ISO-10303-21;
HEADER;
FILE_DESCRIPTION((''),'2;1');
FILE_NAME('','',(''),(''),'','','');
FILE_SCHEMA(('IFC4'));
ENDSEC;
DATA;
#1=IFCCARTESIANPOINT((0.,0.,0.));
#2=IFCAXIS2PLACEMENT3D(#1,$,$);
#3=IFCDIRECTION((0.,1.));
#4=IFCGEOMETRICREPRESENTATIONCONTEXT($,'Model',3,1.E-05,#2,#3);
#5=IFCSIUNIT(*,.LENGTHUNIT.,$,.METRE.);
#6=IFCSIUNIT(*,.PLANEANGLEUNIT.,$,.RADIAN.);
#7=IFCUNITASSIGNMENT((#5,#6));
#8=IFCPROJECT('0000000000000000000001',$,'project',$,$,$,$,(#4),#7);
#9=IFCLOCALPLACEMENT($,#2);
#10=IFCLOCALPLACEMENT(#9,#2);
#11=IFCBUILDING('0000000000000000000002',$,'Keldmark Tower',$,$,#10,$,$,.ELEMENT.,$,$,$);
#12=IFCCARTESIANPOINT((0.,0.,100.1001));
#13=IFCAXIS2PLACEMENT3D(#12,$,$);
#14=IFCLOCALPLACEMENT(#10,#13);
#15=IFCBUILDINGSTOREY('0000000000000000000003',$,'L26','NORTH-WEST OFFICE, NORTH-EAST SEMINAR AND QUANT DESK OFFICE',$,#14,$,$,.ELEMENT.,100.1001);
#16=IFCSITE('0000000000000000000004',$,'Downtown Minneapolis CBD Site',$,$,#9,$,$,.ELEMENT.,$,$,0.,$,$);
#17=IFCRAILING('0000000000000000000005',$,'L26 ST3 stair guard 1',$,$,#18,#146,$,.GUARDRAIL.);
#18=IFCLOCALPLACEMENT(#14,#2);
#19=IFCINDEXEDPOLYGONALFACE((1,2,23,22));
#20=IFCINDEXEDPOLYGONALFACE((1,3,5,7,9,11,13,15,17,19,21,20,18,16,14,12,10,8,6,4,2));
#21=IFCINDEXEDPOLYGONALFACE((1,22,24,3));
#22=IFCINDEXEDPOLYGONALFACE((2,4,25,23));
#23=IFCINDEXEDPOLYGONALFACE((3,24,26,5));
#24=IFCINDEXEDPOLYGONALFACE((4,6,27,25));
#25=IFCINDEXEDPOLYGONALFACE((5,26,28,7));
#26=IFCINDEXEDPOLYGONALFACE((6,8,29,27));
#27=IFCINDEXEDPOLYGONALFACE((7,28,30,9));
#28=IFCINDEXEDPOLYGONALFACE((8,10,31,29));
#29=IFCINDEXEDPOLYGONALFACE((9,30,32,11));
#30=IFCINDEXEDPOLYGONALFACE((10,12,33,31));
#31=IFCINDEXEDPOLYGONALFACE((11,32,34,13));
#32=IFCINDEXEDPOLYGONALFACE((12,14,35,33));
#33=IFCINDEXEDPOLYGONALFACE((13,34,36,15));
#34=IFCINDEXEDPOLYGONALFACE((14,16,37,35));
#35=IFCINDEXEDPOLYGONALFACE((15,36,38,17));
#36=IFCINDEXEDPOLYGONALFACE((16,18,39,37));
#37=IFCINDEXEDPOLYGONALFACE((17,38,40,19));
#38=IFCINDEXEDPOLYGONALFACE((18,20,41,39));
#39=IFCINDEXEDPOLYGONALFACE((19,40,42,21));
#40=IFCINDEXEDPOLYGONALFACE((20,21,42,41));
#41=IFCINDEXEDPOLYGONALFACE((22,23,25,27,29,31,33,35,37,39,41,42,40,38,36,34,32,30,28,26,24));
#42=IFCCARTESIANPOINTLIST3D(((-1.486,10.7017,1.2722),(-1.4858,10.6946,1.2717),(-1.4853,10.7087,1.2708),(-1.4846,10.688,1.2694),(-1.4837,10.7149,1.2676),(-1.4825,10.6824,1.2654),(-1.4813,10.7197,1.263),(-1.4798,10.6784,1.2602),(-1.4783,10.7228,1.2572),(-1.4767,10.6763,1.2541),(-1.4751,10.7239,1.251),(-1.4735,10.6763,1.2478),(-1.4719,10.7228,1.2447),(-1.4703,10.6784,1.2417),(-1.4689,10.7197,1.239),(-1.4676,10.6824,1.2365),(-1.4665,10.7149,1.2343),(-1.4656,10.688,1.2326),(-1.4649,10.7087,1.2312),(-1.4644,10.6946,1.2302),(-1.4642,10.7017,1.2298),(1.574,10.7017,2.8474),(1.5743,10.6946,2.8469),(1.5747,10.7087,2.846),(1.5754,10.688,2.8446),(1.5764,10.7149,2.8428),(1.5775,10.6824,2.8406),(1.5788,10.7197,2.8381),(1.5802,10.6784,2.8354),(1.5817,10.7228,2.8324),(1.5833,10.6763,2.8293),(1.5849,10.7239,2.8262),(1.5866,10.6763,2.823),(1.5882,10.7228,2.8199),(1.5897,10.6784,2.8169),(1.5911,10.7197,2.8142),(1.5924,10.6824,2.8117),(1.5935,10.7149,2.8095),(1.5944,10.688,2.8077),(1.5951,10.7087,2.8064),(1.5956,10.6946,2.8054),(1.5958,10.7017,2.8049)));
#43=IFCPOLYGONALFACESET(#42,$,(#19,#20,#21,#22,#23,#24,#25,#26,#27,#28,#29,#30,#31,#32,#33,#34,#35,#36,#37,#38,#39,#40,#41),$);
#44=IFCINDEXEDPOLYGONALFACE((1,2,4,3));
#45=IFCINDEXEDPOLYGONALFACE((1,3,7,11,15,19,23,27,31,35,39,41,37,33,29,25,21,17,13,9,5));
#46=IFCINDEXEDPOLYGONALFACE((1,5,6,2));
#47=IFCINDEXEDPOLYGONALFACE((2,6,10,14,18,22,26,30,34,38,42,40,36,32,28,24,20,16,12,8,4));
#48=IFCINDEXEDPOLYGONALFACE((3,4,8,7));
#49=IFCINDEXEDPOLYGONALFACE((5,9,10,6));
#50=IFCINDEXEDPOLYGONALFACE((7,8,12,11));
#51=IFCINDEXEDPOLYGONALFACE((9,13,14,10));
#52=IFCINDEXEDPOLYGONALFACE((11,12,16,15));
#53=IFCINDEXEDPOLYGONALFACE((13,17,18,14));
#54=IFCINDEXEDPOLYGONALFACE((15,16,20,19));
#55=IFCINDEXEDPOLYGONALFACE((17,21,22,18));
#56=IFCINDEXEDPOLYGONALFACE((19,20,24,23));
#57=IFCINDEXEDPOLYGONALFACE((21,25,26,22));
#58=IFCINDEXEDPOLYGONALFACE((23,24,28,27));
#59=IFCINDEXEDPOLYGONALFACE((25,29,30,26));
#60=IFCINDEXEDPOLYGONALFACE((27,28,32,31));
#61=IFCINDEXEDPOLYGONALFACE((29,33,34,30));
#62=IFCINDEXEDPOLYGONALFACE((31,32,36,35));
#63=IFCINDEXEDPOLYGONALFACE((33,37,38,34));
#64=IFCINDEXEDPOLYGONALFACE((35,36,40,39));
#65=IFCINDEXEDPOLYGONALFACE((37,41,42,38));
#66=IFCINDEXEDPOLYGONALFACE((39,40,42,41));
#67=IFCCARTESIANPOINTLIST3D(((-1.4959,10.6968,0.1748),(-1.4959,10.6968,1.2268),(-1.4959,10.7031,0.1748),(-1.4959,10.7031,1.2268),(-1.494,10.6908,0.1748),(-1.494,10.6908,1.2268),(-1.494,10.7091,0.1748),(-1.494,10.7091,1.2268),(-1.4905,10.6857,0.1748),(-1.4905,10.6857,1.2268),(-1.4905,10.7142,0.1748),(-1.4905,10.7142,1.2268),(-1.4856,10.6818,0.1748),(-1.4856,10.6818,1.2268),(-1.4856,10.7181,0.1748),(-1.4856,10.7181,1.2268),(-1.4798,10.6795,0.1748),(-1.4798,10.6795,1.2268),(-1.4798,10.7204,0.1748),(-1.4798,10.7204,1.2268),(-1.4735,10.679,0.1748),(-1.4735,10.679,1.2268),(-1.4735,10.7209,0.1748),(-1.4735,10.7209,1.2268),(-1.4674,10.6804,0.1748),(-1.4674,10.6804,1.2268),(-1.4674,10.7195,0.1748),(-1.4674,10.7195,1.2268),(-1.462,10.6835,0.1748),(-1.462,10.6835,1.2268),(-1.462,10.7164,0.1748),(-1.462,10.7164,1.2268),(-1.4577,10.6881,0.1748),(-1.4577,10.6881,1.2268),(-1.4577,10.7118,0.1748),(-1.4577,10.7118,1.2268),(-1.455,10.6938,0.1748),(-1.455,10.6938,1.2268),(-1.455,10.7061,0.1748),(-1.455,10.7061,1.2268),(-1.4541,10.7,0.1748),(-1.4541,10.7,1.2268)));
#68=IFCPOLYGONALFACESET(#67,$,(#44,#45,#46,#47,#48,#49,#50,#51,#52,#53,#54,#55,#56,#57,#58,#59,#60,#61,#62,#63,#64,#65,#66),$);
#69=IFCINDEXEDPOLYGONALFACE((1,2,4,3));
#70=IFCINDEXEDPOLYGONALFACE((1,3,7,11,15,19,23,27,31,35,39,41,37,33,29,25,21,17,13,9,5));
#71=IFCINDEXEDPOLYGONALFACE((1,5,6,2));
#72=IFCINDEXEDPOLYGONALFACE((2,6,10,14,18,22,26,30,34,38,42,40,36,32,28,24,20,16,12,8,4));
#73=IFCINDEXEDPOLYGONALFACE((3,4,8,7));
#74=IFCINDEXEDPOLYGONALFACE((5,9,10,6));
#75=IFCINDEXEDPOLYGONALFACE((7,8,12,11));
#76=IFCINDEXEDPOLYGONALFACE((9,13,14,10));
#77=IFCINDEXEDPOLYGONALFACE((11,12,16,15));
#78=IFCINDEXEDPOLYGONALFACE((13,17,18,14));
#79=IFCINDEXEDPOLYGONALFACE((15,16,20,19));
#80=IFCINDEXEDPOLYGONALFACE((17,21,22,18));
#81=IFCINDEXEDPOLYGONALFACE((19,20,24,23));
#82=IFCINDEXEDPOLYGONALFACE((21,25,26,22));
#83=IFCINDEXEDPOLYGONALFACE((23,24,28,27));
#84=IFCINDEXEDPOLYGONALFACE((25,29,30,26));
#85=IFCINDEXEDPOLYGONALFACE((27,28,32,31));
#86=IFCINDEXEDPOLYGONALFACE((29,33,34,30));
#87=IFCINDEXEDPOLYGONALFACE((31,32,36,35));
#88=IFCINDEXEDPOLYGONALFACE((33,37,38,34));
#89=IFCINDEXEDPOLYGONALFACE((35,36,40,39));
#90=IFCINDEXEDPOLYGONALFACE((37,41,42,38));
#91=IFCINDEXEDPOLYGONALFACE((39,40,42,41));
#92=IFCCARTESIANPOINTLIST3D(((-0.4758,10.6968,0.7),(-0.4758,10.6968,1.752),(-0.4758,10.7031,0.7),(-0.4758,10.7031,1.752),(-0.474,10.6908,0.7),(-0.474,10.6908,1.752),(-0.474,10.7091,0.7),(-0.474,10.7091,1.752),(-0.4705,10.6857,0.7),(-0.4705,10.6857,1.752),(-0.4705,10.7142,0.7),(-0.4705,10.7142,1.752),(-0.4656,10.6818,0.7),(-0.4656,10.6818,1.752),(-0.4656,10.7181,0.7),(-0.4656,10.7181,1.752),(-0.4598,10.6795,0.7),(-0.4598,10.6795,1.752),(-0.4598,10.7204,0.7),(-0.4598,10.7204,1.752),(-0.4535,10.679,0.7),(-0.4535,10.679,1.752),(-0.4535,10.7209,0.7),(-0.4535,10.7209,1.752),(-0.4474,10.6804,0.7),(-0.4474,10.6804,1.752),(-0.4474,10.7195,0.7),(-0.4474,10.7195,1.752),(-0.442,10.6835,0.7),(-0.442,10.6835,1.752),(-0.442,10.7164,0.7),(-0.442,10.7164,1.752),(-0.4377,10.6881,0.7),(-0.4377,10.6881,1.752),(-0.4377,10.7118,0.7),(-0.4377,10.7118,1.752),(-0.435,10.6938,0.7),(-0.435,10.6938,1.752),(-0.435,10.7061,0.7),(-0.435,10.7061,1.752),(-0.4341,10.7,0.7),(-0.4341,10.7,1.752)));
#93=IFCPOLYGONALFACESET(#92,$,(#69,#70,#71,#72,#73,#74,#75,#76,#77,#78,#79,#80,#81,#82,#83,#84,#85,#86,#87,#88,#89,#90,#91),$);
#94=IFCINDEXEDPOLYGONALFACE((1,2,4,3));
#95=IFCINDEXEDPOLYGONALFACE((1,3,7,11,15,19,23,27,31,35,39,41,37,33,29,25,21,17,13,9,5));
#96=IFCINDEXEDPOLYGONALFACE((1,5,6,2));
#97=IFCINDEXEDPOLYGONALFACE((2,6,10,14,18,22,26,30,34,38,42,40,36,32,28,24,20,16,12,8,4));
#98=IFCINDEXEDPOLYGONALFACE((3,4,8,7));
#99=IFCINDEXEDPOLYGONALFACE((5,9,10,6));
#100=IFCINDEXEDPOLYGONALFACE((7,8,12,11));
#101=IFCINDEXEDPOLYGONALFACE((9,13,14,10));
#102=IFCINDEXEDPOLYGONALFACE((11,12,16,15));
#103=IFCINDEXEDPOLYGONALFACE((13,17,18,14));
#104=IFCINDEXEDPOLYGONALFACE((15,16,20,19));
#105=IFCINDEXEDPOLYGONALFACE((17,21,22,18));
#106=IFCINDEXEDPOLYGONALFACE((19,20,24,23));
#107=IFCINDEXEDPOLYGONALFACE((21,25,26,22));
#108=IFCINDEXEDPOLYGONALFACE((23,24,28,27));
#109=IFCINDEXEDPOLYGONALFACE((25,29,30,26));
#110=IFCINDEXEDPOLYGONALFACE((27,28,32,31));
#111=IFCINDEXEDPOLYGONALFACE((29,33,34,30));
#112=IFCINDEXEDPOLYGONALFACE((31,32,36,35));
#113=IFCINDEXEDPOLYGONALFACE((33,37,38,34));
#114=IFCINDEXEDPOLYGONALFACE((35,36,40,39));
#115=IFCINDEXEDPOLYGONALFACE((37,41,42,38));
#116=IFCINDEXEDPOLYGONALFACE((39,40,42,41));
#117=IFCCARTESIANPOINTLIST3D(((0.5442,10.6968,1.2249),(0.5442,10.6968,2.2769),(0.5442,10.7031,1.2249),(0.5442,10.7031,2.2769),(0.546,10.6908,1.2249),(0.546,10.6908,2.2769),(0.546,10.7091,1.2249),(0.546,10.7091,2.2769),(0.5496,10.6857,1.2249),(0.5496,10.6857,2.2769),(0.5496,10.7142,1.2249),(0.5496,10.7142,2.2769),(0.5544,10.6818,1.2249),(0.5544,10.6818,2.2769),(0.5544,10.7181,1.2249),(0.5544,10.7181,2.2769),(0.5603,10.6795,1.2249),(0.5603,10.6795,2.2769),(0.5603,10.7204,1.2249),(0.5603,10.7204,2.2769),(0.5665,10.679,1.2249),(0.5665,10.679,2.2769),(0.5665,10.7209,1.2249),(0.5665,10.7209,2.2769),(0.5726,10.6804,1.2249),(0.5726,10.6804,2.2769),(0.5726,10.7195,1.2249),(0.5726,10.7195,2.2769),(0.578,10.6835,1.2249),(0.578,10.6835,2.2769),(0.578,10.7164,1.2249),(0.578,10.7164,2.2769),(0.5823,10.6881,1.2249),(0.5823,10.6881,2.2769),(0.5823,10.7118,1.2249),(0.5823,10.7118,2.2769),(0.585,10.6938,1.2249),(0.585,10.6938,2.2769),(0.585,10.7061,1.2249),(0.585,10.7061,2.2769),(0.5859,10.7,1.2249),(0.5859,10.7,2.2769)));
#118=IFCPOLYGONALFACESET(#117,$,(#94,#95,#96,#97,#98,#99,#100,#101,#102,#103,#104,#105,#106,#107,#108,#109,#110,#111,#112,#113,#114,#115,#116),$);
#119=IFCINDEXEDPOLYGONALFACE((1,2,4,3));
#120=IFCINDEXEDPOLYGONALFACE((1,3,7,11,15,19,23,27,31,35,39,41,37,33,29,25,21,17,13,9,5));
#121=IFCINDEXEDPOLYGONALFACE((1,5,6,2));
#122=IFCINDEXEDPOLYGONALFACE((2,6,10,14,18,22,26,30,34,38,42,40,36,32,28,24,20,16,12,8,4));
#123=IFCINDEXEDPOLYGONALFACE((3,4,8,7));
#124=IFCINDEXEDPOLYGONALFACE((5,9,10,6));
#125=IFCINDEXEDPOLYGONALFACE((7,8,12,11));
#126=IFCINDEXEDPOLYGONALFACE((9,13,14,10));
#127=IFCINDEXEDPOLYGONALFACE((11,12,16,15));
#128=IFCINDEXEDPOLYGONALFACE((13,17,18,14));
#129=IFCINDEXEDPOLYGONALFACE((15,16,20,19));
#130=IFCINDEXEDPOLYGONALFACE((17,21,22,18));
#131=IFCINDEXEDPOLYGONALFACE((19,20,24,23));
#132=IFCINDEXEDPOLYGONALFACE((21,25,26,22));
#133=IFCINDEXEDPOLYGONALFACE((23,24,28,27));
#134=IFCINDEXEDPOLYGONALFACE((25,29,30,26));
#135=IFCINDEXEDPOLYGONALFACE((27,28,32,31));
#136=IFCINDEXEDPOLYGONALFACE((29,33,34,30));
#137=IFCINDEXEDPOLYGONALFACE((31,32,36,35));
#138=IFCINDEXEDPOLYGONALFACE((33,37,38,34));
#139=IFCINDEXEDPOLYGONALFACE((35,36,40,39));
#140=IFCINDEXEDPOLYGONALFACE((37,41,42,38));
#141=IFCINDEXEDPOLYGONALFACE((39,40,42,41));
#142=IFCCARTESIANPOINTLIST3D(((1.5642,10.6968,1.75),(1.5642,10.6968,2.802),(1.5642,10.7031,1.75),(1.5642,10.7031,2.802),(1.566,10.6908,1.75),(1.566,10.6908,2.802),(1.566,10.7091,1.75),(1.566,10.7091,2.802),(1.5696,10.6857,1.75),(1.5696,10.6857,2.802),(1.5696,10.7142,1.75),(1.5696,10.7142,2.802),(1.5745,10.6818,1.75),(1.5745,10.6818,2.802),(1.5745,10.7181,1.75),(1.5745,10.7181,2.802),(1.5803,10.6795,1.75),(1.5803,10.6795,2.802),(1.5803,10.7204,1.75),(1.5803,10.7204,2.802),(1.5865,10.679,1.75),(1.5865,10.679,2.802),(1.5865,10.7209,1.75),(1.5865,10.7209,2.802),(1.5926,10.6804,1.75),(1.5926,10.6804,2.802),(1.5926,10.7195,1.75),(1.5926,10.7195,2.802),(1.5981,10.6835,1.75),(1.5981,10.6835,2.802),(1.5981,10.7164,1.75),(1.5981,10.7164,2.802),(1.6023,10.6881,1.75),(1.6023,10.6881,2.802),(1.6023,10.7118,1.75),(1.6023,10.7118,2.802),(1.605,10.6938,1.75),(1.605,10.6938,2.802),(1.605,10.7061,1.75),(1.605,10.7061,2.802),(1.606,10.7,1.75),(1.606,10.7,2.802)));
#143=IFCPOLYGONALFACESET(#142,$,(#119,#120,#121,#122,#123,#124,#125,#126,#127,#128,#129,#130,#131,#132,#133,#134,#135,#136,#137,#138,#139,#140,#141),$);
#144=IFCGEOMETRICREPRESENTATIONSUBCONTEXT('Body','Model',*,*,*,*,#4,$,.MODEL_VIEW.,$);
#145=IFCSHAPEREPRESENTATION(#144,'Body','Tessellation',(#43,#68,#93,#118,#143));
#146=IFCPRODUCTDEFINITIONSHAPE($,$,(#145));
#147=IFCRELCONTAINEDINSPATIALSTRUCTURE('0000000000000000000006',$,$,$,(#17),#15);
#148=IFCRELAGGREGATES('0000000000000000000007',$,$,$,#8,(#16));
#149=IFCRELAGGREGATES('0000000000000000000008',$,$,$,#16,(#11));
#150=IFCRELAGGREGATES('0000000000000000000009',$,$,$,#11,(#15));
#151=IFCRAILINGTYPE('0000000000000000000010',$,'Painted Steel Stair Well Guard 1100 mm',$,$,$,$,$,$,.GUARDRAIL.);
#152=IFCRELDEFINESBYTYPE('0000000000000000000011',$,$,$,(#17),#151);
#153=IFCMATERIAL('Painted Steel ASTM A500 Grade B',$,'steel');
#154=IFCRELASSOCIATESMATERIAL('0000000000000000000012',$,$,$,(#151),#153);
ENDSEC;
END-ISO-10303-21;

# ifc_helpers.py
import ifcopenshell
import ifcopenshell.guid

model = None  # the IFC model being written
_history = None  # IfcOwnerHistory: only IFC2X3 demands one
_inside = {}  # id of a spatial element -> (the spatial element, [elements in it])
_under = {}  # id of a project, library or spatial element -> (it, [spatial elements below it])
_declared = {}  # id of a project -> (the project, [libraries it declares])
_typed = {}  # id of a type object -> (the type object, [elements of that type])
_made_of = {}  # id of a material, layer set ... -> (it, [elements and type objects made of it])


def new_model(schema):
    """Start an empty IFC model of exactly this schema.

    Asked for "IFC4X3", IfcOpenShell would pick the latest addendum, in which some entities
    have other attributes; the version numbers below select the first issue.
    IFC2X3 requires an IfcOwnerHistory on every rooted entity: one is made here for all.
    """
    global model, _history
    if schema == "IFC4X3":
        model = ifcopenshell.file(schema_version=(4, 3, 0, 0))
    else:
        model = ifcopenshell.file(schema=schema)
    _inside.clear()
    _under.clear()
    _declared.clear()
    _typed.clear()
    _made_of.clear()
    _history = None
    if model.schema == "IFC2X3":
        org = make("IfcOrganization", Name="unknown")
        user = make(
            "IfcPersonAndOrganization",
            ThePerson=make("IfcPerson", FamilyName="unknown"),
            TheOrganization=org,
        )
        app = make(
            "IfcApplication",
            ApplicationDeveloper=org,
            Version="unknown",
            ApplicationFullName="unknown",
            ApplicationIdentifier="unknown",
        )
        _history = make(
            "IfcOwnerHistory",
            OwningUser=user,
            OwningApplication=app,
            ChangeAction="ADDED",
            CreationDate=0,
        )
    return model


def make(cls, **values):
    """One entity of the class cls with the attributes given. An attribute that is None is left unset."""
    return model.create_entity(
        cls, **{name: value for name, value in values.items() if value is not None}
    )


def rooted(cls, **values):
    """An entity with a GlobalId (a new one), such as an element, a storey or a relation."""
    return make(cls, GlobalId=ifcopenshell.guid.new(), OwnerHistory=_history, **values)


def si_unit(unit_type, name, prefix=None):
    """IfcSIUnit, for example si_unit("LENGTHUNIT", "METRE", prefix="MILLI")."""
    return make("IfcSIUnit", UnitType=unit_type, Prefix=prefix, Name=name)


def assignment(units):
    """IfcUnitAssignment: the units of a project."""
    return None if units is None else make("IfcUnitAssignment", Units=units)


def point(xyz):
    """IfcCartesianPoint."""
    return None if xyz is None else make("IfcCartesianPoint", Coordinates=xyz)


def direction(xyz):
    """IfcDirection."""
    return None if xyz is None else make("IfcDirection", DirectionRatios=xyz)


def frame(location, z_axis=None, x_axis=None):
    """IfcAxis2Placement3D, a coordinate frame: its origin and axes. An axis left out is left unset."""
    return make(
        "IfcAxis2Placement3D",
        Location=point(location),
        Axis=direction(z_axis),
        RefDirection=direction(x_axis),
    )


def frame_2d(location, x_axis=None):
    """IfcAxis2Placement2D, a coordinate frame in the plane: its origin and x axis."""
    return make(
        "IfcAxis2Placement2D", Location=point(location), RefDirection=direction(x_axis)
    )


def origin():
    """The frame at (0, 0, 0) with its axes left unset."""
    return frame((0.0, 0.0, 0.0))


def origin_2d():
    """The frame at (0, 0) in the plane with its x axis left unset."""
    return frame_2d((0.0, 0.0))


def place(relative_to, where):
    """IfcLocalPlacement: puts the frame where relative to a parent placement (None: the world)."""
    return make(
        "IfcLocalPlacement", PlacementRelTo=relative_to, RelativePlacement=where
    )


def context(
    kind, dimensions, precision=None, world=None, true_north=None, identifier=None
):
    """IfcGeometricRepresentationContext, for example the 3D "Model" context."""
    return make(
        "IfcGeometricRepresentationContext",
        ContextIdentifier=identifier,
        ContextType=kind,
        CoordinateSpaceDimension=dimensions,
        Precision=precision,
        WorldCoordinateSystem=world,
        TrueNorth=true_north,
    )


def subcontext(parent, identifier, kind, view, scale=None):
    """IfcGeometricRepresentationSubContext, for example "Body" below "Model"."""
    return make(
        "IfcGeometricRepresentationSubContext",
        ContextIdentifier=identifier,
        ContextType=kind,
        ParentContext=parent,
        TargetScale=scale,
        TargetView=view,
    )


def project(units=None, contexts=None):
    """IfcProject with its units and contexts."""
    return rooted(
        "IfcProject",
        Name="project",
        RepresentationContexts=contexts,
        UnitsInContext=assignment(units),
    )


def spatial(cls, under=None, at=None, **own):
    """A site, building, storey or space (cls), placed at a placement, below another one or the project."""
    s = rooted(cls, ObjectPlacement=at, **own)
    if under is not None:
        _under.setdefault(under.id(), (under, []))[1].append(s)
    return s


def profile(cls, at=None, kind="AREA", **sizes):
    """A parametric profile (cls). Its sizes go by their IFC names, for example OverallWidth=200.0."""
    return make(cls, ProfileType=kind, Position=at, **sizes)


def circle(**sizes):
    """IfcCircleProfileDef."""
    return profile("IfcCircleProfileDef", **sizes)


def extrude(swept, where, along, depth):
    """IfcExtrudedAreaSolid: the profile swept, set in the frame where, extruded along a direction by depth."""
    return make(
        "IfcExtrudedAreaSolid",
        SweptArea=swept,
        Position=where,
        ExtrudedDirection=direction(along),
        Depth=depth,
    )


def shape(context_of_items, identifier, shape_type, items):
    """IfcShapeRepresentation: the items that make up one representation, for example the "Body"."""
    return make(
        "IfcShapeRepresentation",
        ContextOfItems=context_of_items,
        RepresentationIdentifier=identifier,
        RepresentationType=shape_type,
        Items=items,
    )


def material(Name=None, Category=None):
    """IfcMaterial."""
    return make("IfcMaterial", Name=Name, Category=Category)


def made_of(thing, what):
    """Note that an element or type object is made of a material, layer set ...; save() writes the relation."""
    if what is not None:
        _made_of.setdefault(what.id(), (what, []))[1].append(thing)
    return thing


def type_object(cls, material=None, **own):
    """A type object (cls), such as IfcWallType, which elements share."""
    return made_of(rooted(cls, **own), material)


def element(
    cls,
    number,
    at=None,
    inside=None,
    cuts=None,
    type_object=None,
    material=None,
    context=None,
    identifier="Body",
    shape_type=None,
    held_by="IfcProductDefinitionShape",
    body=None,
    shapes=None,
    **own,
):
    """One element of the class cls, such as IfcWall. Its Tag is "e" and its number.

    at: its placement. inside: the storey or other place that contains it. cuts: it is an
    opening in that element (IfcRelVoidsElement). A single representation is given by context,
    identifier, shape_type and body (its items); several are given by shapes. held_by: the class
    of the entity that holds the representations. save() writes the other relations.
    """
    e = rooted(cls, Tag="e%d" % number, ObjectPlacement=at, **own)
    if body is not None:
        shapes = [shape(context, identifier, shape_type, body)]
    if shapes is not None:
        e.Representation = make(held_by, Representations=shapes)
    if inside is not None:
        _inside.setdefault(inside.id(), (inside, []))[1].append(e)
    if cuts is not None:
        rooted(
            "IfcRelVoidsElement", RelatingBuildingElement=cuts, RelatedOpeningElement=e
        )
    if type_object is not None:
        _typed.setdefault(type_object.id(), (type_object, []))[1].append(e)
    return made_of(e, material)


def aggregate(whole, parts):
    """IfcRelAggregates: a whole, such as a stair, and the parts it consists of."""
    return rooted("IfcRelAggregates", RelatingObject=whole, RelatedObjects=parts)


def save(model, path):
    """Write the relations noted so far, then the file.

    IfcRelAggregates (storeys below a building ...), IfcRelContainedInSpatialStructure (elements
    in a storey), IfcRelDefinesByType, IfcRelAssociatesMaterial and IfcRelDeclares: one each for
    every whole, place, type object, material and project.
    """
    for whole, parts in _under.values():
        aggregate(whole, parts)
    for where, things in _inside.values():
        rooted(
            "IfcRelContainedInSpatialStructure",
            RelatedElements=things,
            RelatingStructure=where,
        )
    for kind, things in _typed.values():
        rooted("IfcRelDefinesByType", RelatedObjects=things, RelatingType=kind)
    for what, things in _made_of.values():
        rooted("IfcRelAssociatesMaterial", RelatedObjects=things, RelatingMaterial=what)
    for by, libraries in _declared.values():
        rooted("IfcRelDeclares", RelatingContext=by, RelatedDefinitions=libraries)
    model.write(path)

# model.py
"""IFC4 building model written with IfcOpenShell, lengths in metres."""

from ifc_helpers import new_model, si_unit, direction, frame, origin, origin_2d, place, context, subcontext, project, spatial, circle, extrude, material, type_object, element, save


model = new_model("IFC4")

# Units and contexts
model_context = context("Model", 3, precision=1e-05, world=origin(), true_north=direction((0.0, 1.0)))
body_context = subcontext(model_context, "Body", "Model", "MODEL_VIEW")
ifc_project = project(units=[si_unit("LENGTHUNIT", "METRE"), si_unit("PLANEANGLEUNIT", "RADIAN")], contexts=[model_context])

# Site, building, storey
site_placement = place(None, origin())
site = spatial("IfcSite", under=ifc_project, at=site_placement, Name="Downtown Minneapolis CBD Site", CompositionType="ELEMENT", RefElevation=0.0)
building_placement = place(site_placement, origin())
building = spatial("IfcBuilding", under=site, at=building_placement, Name="Keldmark Tower", CompositionType="ELEMENT")
storey_placement = place(building_placement, frame((0.0, 0.0, 100.1001)))
storey = spatial("IfcBuildingStorey", under=building, at=storey_placement, Name="L26", Description="NORTH-WEST OFFICE, NORTH-EAST SEMINAR AND QUANT DESK OFFICE", CompositionType="ELEMENT", Elevation=100.1001)

# Railing
ifc_material_1 = material(Name="Painted Steel ASTM A500 Grade B", Category="steel")
railing_type_1 = type_object("IfcRailingType", Name="Painted Steel Stair Well Guard 1100 mm", PredefinedType="GUARDRAIL", material=ifc_material_1)
railing_1_placement = place(storey_placement, frame((-1.4751, 10.7, 0.1748)))
element("IfcRailing", 1, at=railing_1_placement, inside=storey, type_object=railing_type_1, Name="L26 ST3 stair guard 1", PredefinedType="GUARDRAIL", context=body_context, shape_type="SweptSolid", body=[
    extrude(circle(Radius=0.0239, at=origin_2d()), frame((0.0, 0.0, 1.0762), z_axis=(0.889116, 0.0, 0.457681), x_axis=(0.0, 1.0, 0.0)), (0.0, 0.0, 1.0), 3.4417),
    extrude(circle(Radius=0.021, at=origin_2d()), origin(), (0.0, 0.0, 1.0), 1.052),
    extrude(circle(Radius=0.021, at=origin_2d()), frame((1.02, 0.0, 0.5251)), (0.0, 0.0, 1.0), 1.052),
    extrude(circle(Radius=0.021, at=origin_2d()), frame((2.04, 0.0, 1.05)), (0.0, 0.0, 1.0), 1.052),
    extrude(circle(Radius=0.021, at=origin_2d()), frame((3.0601, 0.0, 1.5752)), (0.0, 0.0, 1.0), 1.052),
])

save(model, "model.ifc")
